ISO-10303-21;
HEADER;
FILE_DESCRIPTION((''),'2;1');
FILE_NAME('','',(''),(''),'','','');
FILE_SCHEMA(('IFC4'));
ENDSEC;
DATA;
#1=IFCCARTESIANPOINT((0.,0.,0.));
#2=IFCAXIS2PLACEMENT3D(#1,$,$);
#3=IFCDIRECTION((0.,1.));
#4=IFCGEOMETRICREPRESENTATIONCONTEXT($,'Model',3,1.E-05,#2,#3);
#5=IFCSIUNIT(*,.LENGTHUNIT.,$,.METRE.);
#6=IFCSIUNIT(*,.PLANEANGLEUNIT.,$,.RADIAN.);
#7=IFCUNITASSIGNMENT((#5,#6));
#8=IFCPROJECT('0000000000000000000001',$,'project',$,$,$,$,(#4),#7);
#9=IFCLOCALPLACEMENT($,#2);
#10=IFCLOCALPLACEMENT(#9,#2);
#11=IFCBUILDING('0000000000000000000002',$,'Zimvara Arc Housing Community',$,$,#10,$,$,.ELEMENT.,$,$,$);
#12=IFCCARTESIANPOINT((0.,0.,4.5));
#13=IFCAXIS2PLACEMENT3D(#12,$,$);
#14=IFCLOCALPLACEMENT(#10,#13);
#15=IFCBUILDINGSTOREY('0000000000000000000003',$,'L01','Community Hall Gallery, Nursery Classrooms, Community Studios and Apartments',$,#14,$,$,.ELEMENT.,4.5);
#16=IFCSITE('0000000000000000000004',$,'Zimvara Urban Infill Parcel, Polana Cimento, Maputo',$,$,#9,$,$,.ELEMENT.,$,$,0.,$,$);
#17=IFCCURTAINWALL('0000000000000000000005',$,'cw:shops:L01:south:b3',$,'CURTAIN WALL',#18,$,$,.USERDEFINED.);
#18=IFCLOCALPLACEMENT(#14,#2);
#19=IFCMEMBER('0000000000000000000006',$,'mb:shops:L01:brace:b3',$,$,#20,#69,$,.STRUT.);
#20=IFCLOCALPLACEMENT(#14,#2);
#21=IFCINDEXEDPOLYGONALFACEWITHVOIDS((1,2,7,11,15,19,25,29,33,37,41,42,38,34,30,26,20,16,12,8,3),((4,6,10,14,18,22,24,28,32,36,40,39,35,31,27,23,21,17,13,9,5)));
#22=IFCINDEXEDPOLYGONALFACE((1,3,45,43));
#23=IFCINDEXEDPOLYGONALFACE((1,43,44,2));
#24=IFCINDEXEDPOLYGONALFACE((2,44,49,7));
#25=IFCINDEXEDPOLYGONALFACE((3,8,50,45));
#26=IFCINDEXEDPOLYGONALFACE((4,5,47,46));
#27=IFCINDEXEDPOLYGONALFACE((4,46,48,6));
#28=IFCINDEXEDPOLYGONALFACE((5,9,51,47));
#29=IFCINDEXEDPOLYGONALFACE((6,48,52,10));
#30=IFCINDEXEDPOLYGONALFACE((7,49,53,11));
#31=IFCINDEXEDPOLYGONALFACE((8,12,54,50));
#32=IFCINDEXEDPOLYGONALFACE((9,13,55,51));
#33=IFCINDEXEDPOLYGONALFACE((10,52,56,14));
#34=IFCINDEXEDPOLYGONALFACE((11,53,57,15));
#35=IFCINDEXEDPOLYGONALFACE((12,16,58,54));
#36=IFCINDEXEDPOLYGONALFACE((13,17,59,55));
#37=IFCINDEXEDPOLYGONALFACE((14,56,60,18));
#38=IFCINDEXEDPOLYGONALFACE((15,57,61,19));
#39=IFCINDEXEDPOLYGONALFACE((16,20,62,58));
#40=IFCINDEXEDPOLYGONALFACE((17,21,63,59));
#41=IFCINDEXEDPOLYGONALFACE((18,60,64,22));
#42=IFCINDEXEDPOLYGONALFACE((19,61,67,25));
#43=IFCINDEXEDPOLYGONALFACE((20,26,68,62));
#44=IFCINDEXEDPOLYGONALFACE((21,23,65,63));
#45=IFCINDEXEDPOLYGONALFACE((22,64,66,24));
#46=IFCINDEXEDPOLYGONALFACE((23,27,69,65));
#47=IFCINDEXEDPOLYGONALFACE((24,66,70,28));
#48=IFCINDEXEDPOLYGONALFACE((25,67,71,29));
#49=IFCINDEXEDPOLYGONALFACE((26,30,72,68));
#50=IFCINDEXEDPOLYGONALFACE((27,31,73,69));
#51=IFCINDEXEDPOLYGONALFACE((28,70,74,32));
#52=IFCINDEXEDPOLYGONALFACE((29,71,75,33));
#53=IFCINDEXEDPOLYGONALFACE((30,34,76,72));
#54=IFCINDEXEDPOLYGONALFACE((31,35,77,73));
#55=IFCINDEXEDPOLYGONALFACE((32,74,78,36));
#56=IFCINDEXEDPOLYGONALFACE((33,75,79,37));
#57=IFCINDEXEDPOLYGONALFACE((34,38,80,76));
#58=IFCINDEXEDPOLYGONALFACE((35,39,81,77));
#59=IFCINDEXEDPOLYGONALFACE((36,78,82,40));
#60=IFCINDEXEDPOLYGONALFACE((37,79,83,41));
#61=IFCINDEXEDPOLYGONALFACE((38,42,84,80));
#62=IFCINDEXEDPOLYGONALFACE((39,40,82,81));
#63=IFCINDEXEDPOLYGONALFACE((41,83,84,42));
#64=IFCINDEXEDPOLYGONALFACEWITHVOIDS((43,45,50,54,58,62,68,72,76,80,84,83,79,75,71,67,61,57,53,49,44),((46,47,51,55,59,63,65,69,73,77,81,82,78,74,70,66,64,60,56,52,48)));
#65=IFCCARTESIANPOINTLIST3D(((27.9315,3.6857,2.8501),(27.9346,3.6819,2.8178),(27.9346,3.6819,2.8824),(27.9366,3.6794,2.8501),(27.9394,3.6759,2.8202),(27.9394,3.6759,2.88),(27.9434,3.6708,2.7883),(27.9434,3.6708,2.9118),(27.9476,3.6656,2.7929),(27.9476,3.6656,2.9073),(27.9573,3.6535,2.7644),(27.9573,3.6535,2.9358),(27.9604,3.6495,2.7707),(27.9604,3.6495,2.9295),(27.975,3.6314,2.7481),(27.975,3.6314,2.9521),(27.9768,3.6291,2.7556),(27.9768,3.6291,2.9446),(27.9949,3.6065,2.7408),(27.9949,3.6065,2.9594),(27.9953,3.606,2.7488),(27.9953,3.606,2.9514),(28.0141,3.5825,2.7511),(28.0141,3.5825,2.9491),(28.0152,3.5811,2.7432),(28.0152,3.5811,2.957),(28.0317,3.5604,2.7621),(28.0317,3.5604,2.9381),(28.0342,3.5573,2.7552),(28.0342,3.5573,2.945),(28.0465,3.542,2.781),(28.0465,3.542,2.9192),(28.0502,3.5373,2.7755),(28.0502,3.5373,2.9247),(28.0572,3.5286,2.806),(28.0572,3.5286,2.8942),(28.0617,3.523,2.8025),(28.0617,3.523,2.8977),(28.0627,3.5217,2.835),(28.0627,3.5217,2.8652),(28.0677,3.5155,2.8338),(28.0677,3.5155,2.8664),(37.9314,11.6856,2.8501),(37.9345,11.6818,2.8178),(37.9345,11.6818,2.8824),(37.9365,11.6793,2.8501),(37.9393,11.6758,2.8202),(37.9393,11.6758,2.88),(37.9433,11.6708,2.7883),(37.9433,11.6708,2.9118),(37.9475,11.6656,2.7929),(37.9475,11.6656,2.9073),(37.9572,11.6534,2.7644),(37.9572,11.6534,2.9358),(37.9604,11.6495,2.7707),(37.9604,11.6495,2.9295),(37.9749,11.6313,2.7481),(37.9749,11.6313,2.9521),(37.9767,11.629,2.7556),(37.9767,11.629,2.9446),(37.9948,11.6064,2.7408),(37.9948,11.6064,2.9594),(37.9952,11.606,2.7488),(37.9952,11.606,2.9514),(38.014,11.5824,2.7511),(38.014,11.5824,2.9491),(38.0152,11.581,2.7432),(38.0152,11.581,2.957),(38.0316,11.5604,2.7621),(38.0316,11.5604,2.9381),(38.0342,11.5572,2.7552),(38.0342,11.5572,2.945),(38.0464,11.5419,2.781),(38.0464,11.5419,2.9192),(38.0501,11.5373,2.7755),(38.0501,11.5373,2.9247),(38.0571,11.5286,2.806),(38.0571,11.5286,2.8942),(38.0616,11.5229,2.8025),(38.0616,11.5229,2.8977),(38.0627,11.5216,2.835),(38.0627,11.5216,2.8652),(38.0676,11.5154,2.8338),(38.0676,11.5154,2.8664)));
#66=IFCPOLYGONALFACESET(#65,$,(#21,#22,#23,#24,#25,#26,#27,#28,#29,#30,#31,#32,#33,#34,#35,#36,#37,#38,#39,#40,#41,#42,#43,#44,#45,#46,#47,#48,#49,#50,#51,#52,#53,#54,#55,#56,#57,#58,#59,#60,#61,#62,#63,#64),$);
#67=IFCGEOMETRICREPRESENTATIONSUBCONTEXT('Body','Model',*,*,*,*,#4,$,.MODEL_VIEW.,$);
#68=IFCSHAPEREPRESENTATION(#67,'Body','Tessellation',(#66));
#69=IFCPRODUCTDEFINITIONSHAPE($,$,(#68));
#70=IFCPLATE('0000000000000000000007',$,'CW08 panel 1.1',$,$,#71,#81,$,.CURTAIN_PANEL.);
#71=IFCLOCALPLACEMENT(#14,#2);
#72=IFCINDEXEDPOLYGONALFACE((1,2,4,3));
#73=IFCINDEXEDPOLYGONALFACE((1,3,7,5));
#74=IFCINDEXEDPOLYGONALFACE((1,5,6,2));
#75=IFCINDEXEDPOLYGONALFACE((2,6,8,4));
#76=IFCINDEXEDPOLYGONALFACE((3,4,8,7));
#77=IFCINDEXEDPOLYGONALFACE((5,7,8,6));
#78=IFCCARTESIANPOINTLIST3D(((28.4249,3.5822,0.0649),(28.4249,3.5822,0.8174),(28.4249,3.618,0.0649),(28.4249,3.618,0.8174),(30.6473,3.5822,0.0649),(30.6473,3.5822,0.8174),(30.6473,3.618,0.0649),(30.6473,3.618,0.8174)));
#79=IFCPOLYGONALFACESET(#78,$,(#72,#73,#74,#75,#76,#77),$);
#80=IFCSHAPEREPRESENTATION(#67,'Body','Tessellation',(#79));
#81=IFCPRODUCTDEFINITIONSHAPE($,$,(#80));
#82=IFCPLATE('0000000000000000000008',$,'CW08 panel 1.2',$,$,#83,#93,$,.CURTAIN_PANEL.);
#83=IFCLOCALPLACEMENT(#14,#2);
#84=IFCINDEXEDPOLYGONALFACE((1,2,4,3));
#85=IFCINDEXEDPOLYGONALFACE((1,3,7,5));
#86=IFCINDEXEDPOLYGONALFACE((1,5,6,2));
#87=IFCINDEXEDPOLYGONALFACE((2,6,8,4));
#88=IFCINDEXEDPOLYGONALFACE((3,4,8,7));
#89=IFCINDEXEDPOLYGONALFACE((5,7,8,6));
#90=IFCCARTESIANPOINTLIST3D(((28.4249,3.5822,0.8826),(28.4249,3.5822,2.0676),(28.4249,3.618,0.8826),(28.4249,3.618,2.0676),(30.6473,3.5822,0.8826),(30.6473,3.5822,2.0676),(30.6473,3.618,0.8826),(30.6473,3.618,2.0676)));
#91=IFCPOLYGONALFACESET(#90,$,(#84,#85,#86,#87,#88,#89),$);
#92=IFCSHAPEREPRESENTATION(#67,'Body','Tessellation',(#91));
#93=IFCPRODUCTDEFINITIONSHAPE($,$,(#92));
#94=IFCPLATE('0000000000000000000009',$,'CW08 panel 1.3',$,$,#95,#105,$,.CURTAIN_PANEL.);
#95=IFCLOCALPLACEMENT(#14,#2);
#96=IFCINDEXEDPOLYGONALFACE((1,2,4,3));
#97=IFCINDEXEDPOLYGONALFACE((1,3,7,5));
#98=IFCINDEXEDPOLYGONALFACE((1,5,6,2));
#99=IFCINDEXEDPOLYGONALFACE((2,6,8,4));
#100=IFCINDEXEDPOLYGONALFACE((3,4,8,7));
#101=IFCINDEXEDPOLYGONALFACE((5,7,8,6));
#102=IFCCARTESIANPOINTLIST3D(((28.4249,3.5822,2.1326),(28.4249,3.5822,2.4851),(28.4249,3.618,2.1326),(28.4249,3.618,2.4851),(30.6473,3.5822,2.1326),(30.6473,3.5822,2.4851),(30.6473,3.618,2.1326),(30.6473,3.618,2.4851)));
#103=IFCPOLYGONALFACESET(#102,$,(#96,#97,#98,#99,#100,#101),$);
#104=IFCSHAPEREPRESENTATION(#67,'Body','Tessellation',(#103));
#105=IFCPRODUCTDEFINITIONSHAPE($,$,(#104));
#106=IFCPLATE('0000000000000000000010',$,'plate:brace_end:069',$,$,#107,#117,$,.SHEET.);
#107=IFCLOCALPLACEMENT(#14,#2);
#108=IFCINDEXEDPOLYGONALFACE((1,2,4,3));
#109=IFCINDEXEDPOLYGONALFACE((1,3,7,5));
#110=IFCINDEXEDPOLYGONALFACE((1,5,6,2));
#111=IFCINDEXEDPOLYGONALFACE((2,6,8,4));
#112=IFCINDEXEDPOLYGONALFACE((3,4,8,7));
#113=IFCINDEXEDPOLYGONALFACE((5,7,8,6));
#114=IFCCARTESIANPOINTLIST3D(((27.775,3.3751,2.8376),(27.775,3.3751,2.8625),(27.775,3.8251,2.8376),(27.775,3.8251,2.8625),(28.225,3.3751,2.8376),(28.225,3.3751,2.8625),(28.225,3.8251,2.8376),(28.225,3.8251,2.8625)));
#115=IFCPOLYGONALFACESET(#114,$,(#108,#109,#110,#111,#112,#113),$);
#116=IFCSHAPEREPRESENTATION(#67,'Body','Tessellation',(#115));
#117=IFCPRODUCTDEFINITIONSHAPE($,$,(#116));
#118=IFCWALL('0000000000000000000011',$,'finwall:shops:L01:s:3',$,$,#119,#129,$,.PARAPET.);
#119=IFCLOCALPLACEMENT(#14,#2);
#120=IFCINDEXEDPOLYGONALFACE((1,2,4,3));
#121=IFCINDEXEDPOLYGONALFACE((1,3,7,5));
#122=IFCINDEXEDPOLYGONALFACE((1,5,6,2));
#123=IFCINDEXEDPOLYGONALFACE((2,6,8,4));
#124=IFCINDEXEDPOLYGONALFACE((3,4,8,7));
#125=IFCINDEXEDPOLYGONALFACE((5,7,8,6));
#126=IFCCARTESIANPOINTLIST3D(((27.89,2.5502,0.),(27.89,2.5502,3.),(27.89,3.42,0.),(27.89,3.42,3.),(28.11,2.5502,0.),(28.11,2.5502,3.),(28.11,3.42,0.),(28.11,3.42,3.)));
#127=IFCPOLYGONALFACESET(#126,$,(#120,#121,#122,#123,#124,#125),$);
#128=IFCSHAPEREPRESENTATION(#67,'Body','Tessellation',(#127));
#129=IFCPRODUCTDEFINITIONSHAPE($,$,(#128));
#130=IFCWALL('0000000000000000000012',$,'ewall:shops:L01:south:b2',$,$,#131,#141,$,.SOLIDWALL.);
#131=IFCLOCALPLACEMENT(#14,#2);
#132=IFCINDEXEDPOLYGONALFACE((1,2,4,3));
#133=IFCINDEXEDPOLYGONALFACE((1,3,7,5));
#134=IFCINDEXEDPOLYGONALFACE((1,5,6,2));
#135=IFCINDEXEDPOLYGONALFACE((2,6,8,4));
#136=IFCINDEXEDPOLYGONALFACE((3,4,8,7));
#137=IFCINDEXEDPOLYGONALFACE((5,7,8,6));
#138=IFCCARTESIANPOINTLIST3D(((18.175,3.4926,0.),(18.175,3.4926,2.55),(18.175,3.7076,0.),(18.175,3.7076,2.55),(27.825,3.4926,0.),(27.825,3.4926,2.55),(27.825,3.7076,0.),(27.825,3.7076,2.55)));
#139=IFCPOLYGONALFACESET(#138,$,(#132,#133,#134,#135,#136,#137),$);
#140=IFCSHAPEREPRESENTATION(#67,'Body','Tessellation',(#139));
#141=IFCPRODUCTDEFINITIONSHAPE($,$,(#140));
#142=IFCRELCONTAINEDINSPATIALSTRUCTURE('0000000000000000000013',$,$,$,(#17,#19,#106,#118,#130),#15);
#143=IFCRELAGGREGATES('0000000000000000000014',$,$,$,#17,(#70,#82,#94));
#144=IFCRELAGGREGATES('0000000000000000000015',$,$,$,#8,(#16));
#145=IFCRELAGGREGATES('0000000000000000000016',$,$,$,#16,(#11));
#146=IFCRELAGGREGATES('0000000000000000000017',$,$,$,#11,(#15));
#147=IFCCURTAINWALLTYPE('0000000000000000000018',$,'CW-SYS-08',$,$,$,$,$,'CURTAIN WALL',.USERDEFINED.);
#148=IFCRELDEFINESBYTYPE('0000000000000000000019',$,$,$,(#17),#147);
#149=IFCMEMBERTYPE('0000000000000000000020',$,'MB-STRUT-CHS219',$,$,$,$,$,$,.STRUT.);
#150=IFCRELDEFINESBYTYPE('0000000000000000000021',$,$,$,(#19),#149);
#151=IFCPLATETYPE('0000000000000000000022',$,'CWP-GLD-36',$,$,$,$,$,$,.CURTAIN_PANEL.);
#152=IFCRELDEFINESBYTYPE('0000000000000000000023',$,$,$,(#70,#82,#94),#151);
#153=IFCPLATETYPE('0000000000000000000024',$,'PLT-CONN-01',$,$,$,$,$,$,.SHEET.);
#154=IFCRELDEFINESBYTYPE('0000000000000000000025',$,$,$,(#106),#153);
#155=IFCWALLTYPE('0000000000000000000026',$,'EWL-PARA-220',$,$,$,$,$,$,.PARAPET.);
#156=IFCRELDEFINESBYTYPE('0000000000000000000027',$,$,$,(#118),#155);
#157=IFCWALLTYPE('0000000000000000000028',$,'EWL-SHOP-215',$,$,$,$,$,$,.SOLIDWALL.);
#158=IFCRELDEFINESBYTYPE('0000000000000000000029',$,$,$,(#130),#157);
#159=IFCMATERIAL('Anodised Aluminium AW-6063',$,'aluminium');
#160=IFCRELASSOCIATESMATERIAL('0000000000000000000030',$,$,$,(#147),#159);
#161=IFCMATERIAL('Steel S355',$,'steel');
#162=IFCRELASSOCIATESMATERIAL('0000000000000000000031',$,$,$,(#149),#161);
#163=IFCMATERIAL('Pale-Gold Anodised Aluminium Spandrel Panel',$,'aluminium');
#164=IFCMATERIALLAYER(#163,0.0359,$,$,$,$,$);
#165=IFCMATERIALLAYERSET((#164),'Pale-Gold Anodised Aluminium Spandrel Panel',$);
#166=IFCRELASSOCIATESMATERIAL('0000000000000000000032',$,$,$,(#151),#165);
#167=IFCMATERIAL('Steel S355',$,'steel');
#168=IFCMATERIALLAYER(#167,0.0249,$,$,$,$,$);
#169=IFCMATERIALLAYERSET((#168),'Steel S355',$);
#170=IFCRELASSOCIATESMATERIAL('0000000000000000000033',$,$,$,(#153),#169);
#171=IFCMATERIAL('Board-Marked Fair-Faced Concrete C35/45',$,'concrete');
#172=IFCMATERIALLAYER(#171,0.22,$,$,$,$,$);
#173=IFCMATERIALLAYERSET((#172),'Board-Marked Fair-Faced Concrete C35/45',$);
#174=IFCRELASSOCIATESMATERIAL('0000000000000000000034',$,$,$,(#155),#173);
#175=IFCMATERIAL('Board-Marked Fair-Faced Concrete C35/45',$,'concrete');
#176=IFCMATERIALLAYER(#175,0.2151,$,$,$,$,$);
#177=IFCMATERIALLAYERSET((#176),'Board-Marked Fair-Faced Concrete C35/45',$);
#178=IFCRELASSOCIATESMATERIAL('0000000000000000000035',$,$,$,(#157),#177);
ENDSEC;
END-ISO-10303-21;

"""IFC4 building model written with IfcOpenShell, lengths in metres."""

from ifc_helpers import new_model, si_unit, direction, frame, frame_2d, origin, origin_2d, place, context, subcontext, project, spatial, rectangle, hollow_circle, extrude, material, layer, layer_set, material_profile, profile_set, type_object, element, aggregate, save


model = new_model("IFC4")

# Units and contexts
model_context = context("Model", 3, precision=1e-05, world=origin(), true_north=direction((0.0, 1.0)))
body_context = subcontext(model_context, "Body", "Model", "MODEL_VIEW")
ifc_project = project(units=[si_unit("LENGTHUNIT", "METRE"), si_unit("PLANEANGLEUNIT", "RADIAN")], contexts=[model_context])

# Site, building, storey
site_placement = place(None, origin())
site = spatial("IfcSite", under=ifc_project, at=site_placement, Name="Zimvara Urban Infill Parcel, Polana Cimento, Maputo", CompositionType="ELEMENT", RefElevation=0.0)
building_placement = place(site_placement, origin())
building = spatial("IfcBuilding", under=site, at=building_placement, Name="Zimvara Arc Housing Community", CompositionType="ELEMENT")
storey_placement = place(building_placement, frame((0.0, 0.0, 4.5)))
storey = spatial("IfcBuildingStorey", under=building, at=storey_placement, Name="L01", Description="Community Hall Gallery, Nursery Classrooms, Community Studios and Apartments", CompositionType="ELEMENT", Elevation=4.5)

# Curtain wall
ifc_material_1 = material(Name="Anodised Aluminium AW-6063", Category="aluminium")
curtain_wall_type = type_object("IfcCurtainWallType", Name="CW-SYS-08", ElementType="CURTAIN WALL", PredefinedType="USERDEFINED", material=ifc_material_1)
curtain_wall_placement = place(storey_placement, origin())
curtain_wall = element("IfcCurtainWall", 1, at=curtain_wall_placement, inside=storey, type_object=curtain_wall_type, Name="cw:shops:L01:south:b3", ObjectType="CURTAIN WALL", PredefinedType="USERDEFINED")

# Member
ifc_material_2 = material(Name="Steel S355", Category="steel")
ifc_material_profile_1 = material_profile(ifc_material_2, hollow_circle(Radius=0.1096, WallThickness=0.0081, at=origin_2d()), Name="CHS 219.1x8.0")
ifc_profile_set_1 = profile_set([ifc_material_profile_1], Name="Steel S355")
member_type_1 = type_object("IfcMemberType", Name="MB-STRUT-CHS219", PredefinedType="STRUT", material=ifc_profile_set_1)
member_1_placement = place(storey_placement, frame((28.0, 3.6001, 2.8501), z_axis=(0.780869, 0.624695, 0.0), x_axis=(-0.624695, 0.780869, 0.0)))
element("IfcMember", 2, at=member_1_placement, inside=storey, type_object=member_type_1, Name="mb:shops:L01:brace:b3", PredefinedType="STRUT", context=body_context, shape_type="SweptSolid", body=[
    extrude(hollow_circle(Radius=0.1096, WallThickness=0.0081, at=origin_2d()), origin(), (0.0, 0.0, 1.0), 12.8062),
])

# Plates
ifc_material_3 = material(Name="Pale-Gold Anodised Aluminium Spandrel Panel", Category="aluminium")
ifc_layer_1 = layer(ifc_material_3, 0.0359)
ifc_layer_set_1 = layer_set([ifc_layer_1], Name="Pale-Gold Anodised Aluminium Spandrel Panel")
plate_type_1 = type_object("IfcPlateType", Name="CWP-GLD-36", PredefinedType="CURTAIN_PANEL", material=ifc_layer_set_1)
plate_1_placement = place(storey_placement, frame((29.5361, 3.6001, 0.0649), z_axis=(0.0, 0.0, 1.0), x_axis=(1.0, 0.0, 0.0)))
plate_1 = element("IfcPlate", 3, at=plate_1_placement, type_object=plate_type_1, Name="CW08 panel 1.1", PredefinedType="CURTAIN_PANEL", context=body_context, shape_type="SweptSolid", body=[
    extrude(rectangle(XDim=2.2224, YDim=0.0359, at=origin_2d()), origin(), (0.0, 0.0, 1.0), 0.7524),
])
plate_2_placement = place(storey_placement, frame((29.5361, 3.6001, 0.8826), z_axis=(0.0, 0.0, 1.0), x_axis=(1.0, 0.0, 0.0)))
plate_2 = element("IfcPlate", 4, at=plate_2_placement, type_object=plate_type_1, Name="CW08 panel 1.2", PredefinedType="CURTAIN_PANEL", context=body_context, shape_type="SweptSolid", body=[
    extrude(rectangle(XDim=2.2224, YDim=0.0359, at=origin_2d()), origin(), (0.0, 0.0, 1.0), 1.1851),
])
plate_3_placement = place(storey_placement, frame((29.5361, 3.6001, 2.1326), z_axis=(0.0, 0.0, 1.0), x_axis=(1.0, 0.0, 0.0)))
plate_3 = element("IfcPlate", 5, at=plate_3_placement, type_object=plate_type_1, Name="CW08 panel 1.3", PredefinedType="CURTAIN_PANEL", context=body_context, shape_type="SweptSolid", body=[
    extrude(rectangle(XDim=2.2224, YDim=0.0359, at=origin_2d()), origin(), (0.0, 0.0, 1.0), 0.3525),
])
aggregate(curtain_wall, [plate_1, plate_2, plate_3])
ifc_material_4 = material(Name="Steel S355", Category="steel")
ifc_layer_2 = layer(ifc_material_4, 0.0249)
ifc_layer_set_2 = layer_set([ifc_layer_2], Name="Steel S355")
plate_type_2 = type_object("IfcPlateType", Name="PLT-CONN-01", PredefinedType="SHEET", material=ifc_layer_set_2)
plate_4_placement = place(storey_placement, frame((28.0, 3.6001, 2.8376), z_axis=(0.0, 0.0, 1.0), x_axis=(1.0, 0.0, 0.0)))
element("IfcPlate", 6, at=plate_4_placement, inside=storey, type_object=plate_type_2, Name="plate:brace_end:069", PredefinedType="SHEET", context=body_context, shape_type="SweptSolid", body=[
    extrude(rectangle(XDim=0.45, YDim=0.45, at=origin_2d()), origin(), (0.0, 0.0, 1.0), 0.0249),
])

# Walls
ifc_material_5 = material(Name="Board-Marked Fair-Faced Concrete C35/45", Category="concrete")
ifc_layer_3 = layer(ifc_material_5, 0.22)
ifc_layer_set_3 = layer_set([ifc_layer_3], Name="Board-Marked Fair-Faced Concrete C35/45")
wall_type_1 = type_object("IfcWallType", Name="EWL-PARA-220", PredefinedType="PARAPET", material=ifc_layer_set_3)
wall_1_placement = place(storey_placement, frame((28.0, 2.55, 0.0), z_axis=(0.0, 0.0, 1.0), x_axis=(0.0, 1.0, 0.0)))
element("IfcWall", 7, at=wall_1_placement, inside=storey, type_object=wall_type_1, Name="finwall:shops:L01:s:3", PredefinedType="PARAPET", context=body_context, shape_type="SweptSolid", body=[
    extrude(rectangle(XDim=0.8699, YDim=0.22, at=frame_2d((0.4351, 0.0))), origin(), (0.0, 0.0, 1.0), 3.0),
])
ifc_material_6 = material(Name="Board-Marked Fair-Faced Concrete C35/45", Category="concrete")
ifc_layer_4 = layer(ifc_material_6, 0.2151)
ifc_layer_set_4 = layer_set([ifc_layer_4], Name="Board-Marked Fair-Faced Concrete C35/45")
wall_type_2 = type_object("IfcWallType", Name="EWL-SHOP-215", PredefinedType="SOLIDWALL", material=ifc_layer_set_4)
wall_2_placement = place(storey_placement, frame((18.175, 3.6001, 0.0), z_axis=(0.0, 0.0, 1.0), x_axis=(1.0, 0.0, 0.0)))
element("IfcWall", 8, at=wall_2_placement, inside=storey, type_object=wall_type_2, Name="ewall:shops:L01:south:b2", PredefinedType="SOLIDWALL", context=body_context, shape_type="SweptSolid", body=[
    extrude(rectangle(XDim=9.6499, YDim=0.2151, at=frame_2d((4.825, 0.0))), origin(), (0.0, 0.0, 1.0), 2.55),
])

save(model, "model.ifc")
